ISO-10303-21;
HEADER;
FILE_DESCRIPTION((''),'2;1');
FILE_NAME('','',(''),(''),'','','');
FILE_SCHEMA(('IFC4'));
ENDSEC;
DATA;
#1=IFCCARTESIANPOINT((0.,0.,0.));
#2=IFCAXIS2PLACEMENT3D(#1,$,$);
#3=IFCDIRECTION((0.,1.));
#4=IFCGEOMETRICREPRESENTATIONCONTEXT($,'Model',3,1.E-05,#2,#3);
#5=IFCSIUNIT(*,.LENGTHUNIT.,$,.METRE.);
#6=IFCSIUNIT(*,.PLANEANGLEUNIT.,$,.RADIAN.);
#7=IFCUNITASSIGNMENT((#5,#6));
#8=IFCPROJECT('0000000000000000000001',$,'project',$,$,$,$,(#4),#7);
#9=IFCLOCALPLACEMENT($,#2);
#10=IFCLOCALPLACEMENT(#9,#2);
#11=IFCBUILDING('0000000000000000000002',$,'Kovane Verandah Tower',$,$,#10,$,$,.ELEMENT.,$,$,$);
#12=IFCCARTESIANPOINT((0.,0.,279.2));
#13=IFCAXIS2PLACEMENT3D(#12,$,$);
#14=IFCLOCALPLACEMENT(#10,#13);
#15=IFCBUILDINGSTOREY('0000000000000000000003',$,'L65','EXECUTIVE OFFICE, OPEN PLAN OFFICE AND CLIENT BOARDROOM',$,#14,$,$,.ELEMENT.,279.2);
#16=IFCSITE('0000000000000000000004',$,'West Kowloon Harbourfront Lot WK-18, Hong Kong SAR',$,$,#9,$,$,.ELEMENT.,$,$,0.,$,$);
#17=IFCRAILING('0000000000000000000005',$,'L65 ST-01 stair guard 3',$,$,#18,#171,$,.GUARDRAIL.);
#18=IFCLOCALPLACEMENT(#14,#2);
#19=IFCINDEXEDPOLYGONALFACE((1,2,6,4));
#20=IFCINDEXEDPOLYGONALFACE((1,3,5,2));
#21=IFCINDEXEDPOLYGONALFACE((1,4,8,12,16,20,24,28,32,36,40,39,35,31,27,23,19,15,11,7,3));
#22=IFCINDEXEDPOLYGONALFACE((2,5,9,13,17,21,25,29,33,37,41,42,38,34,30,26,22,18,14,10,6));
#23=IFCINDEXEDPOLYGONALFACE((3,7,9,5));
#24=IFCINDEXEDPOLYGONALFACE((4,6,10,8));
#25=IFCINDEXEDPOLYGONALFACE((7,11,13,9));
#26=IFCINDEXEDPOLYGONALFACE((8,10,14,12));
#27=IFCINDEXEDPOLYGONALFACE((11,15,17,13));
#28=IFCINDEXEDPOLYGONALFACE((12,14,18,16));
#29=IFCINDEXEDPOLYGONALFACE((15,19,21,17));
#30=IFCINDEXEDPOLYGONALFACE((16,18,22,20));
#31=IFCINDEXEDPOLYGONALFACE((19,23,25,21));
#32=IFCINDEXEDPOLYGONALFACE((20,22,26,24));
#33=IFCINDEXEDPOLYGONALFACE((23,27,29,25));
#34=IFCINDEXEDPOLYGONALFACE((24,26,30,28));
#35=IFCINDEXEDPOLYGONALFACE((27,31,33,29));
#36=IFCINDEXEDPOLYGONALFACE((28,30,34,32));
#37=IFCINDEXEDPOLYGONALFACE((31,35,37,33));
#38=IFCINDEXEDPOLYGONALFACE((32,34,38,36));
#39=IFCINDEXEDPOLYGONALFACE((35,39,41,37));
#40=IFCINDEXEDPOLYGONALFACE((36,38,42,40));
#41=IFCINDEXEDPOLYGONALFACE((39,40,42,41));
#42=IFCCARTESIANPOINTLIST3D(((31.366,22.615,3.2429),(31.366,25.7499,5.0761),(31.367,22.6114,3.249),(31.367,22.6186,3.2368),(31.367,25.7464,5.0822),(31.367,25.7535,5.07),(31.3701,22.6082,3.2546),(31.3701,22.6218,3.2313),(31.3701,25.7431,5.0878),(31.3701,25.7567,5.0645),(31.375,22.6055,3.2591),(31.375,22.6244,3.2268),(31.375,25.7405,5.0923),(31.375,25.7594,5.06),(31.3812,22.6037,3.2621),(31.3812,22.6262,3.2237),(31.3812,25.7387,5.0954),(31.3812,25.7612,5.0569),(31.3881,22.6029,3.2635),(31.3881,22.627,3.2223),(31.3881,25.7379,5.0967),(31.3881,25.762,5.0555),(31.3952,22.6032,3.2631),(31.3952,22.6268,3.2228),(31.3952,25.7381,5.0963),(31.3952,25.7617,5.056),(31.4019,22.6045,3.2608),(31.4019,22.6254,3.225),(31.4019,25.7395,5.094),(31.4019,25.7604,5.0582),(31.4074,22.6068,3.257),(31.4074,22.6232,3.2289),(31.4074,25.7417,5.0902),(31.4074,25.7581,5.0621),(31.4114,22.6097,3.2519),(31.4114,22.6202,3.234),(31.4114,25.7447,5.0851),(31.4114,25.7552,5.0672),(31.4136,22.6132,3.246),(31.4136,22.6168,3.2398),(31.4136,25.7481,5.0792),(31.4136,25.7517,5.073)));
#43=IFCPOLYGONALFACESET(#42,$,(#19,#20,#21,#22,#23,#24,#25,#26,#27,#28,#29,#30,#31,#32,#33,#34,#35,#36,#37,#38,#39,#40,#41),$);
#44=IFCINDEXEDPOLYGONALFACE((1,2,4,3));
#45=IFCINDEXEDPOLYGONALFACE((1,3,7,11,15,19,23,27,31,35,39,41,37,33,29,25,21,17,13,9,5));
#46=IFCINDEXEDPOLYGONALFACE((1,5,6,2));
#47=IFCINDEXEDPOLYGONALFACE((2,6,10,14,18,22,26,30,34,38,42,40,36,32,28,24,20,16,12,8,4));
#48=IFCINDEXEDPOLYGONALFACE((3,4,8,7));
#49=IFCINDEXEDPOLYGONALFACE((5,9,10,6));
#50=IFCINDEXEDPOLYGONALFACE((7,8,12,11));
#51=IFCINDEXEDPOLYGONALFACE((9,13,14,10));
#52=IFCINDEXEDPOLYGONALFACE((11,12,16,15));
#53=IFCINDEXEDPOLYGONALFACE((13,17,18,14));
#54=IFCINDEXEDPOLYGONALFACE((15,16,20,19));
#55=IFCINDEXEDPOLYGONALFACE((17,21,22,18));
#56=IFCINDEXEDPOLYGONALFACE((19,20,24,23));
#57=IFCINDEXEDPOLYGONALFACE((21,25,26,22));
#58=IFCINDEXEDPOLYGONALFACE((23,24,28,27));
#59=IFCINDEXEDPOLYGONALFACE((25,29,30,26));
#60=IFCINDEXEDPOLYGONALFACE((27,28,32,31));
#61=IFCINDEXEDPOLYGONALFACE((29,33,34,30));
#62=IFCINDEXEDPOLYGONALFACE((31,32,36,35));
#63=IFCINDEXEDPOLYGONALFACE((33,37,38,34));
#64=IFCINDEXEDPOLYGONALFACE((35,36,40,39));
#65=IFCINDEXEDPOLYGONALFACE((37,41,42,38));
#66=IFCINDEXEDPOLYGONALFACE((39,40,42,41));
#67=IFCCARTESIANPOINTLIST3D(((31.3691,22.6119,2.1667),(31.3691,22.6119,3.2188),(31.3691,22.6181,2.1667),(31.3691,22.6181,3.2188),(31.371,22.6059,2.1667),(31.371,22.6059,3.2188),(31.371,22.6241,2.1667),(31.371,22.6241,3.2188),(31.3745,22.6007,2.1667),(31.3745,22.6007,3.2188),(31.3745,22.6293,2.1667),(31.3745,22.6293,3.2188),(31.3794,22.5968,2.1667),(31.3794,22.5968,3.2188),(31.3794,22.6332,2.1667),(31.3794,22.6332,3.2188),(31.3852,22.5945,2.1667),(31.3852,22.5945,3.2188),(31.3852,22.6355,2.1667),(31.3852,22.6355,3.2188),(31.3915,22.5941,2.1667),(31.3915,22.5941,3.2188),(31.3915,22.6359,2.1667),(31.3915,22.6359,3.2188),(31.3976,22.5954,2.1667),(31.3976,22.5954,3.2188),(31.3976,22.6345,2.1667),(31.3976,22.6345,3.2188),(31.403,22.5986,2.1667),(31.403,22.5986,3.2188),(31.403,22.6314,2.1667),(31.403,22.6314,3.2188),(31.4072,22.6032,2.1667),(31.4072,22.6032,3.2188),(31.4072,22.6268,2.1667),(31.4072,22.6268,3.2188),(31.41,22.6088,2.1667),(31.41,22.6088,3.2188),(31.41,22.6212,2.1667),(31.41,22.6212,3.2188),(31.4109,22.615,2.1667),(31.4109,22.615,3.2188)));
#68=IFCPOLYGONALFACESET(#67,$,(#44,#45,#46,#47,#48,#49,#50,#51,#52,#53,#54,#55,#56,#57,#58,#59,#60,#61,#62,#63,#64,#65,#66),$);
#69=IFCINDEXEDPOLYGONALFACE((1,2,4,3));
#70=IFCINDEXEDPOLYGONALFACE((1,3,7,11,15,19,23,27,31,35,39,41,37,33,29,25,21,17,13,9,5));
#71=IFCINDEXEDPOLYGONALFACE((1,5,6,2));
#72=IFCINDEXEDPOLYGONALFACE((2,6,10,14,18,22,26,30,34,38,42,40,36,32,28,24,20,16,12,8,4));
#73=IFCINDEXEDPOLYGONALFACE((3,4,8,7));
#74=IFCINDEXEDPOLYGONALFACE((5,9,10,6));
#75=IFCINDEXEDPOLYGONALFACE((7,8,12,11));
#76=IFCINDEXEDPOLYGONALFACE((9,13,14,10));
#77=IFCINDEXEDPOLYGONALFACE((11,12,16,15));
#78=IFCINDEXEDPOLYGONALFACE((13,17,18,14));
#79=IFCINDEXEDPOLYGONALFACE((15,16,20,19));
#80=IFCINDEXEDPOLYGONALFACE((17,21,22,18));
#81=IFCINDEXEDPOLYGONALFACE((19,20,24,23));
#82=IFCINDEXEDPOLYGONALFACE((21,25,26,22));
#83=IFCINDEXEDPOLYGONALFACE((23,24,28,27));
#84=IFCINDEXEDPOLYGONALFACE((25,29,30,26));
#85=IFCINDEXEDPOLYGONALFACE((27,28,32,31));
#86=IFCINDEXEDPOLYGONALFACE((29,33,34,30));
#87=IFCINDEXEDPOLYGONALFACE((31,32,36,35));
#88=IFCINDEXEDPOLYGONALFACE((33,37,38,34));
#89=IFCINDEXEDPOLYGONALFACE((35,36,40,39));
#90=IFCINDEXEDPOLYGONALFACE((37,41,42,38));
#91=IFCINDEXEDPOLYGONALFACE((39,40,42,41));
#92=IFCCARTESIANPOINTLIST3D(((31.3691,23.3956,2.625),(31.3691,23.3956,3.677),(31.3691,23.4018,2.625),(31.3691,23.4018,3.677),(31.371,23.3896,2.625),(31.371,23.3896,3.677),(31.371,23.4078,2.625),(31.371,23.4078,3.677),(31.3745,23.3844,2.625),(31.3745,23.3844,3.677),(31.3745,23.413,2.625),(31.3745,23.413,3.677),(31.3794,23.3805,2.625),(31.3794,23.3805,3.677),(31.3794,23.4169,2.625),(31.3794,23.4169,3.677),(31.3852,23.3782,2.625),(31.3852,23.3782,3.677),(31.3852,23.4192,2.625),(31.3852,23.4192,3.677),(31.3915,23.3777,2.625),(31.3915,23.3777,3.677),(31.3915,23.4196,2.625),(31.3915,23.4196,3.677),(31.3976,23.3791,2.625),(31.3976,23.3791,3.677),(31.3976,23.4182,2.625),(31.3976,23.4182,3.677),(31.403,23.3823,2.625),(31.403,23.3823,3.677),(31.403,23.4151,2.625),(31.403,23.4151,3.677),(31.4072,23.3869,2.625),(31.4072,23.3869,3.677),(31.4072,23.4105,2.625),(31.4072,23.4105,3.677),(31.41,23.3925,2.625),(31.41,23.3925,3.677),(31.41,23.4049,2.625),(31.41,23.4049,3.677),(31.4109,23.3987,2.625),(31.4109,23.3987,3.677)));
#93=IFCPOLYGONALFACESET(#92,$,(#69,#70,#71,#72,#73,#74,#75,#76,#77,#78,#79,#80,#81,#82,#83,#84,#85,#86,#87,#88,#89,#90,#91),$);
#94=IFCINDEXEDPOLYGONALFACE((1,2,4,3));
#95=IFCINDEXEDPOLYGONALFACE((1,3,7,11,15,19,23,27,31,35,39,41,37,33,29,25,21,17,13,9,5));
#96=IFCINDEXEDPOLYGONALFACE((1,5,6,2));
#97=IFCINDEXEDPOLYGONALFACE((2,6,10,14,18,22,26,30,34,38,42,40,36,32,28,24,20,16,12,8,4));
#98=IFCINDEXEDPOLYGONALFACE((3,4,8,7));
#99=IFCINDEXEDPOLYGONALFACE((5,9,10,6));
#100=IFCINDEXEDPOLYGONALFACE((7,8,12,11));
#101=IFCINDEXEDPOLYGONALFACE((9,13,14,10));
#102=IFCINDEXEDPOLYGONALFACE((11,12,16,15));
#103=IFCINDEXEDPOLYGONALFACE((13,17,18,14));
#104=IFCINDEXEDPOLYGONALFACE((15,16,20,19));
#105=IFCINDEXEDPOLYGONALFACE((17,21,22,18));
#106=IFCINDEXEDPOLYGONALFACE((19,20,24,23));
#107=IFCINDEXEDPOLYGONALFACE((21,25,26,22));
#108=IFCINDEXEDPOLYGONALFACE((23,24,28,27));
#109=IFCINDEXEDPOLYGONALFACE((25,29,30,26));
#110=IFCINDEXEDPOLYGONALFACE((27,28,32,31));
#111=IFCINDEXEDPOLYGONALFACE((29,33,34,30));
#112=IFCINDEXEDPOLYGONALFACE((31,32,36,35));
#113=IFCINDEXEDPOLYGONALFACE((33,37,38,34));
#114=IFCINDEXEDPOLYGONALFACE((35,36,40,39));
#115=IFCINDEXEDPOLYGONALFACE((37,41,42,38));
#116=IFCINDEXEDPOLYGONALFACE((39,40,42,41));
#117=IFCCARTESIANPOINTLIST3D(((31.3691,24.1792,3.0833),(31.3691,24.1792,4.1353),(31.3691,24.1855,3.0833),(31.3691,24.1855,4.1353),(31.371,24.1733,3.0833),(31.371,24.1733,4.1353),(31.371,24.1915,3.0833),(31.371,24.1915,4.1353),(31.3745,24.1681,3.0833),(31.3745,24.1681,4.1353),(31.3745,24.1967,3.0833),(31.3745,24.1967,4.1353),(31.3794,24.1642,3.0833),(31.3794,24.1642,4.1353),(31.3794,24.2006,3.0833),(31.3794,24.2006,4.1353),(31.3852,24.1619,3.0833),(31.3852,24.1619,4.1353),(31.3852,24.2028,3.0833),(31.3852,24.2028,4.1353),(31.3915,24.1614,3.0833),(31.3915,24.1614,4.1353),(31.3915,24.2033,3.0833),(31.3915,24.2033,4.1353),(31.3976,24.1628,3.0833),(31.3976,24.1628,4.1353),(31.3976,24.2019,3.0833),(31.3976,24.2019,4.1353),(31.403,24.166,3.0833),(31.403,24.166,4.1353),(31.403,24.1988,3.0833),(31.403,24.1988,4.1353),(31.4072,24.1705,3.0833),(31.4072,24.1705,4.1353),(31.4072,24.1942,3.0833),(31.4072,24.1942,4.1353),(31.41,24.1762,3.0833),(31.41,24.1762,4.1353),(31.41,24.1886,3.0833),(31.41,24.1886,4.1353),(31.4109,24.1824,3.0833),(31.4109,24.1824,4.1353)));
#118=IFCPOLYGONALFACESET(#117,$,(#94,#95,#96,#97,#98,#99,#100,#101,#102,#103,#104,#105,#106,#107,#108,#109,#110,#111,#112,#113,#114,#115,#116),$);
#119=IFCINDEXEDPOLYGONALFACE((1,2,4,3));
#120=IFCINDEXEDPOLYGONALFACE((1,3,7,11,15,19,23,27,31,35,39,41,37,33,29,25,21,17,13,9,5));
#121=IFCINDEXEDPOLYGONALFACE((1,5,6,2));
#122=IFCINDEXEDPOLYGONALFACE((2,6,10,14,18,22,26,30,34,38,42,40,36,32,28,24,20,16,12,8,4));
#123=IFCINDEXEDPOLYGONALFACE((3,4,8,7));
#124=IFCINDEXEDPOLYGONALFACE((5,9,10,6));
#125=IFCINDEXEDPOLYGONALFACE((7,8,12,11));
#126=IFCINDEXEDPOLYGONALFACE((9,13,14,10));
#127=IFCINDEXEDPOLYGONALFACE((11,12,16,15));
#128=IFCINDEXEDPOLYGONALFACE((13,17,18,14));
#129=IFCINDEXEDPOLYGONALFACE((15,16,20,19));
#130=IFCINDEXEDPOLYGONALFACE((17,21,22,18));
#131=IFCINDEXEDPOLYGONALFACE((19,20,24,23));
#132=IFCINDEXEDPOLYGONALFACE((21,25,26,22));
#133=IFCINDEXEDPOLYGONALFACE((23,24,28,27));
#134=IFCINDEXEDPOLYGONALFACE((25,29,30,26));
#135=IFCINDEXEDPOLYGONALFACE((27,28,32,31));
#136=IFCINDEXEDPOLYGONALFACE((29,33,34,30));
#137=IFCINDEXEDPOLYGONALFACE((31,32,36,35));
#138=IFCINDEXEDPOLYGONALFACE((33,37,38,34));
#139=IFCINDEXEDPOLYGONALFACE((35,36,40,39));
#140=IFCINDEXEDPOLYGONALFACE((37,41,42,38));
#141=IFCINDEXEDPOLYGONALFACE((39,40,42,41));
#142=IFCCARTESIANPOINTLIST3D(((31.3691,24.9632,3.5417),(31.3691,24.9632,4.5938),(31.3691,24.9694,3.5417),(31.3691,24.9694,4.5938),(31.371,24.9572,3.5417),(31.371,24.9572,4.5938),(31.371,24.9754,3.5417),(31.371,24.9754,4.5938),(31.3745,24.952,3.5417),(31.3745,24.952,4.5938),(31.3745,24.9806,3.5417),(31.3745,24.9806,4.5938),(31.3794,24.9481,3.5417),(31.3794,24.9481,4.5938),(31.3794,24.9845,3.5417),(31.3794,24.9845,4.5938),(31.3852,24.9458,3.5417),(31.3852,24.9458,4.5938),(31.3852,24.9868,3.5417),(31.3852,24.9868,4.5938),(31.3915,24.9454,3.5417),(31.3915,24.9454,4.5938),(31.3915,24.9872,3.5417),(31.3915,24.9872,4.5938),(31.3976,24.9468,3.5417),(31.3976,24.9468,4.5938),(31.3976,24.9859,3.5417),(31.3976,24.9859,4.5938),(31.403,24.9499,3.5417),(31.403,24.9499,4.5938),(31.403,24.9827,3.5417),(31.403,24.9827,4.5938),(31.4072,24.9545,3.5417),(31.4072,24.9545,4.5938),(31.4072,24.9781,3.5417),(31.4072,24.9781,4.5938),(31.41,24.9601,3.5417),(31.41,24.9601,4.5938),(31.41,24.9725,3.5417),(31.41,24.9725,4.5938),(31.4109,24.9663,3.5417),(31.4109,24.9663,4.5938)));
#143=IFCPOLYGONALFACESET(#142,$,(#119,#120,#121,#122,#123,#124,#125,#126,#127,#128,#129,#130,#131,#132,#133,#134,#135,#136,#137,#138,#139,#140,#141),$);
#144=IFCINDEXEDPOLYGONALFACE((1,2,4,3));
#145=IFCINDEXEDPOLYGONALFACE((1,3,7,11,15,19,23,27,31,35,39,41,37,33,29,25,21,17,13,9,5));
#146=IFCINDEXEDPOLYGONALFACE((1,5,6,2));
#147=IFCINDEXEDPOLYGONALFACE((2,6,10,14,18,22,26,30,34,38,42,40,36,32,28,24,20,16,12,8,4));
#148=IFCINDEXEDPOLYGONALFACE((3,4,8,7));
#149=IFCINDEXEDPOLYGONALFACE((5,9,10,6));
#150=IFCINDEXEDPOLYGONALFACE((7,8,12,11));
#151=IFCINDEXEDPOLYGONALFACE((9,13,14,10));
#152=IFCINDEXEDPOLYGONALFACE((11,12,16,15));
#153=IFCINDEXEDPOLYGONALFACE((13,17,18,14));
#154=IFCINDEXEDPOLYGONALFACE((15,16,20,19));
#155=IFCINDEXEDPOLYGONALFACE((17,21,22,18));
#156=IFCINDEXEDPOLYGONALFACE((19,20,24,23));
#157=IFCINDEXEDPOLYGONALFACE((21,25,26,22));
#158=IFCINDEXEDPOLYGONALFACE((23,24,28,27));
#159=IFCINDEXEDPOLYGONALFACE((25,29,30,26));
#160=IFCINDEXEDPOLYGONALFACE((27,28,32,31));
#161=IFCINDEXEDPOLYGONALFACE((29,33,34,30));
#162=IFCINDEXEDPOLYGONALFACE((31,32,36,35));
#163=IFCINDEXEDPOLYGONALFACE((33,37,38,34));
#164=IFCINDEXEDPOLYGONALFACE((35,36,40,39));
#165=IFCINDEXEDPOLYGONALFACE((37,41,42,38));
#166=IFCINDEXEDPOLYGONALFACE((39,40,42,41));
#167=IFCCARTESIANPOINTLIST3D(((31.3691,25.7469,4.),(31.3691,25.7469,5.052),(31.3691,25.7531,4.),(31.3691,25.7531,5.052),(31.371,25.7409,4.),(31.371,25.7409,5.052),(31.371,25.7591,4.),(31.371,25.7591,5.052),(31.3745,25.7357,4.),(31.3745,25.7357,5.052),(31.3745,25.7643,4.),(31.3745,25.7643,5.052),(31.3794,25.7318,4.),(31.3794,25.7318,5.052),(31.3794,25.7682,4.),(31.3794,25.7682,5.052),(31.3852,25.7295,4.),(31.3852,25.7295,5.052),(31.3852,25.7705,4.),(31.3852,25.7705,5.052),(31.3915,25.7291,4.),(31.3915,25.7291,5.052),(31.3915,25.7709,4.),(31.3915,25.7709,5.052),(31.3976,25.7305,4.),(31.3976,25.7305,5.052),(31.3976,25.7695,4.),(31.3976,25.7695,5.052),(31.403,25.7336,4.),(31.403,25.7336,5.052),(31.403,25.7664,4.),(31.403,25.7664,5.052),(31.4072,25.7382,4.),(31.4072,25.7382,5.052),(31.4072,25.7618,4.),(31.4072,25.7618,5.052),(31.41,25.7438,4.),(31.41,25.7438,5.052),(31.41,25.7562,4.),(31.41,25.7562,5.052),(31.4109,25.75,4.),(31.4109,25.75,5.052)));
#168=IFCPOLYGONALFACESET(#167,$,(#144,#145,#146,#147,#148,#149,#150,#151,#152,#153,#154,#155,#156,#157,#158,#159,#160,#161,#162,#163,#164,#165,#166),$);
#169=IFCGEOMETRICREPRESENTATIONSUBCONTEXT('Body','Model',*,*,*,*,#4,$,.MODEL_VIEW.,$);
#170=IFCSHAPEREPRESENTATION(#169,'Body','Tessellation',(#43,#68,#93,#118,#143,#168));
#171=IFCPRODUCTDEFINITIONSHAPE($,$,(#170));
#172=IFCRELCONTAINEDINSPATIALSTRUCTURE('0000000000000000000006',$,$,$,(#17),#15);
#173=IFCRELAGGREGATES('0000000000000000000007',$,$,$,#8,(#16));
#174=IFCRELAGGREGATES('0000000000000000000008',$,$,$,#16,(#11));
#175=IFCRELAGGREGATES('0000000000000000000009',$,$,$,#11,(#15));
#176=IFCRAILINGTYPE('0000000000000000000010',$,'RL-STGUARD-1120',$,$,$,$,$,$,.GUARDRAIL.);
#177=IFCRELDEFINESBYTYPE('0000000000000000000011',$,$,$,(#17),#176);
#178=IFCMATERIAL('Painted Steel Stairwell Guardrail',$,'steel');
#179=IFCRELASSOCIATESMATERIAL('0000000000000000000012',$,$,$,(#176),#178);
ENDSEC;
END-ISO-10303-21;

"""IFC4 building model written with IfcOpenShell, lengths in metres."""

from ifc_helpers import new_model, si_unit, direction, frame, origin, origin_2d, place, context, subcontext, project, spatial, circle, extrude, material, type_object, element, save


model = new_model("IFC4")

# Units and contexts
model_context = context("Model", 3, precision=1e-05, world=origin(), true_north=direction((0.0, 1.0)))
body_context = subcontext(model_context, "Body", "Model", "MODEL_VIEW")
ifc_project = project(units=[si_unit("LENGTHUNIT", "METRE"), si_unit("PLANEANGLEUNIT", "RADIAN")], contexts=[model_context])

# Site, building, storey
site_placement = place(None, origin())
site = spatial("IfcSite", under=ifc_project, at=site_placement, Name="West Kowloon Harbourfront Lot WK-18, Hong Kong SAR", CompositionType="ELEMENT", RefElevation=0.0)
building_placement = place(site_placement, origin())
building = spatial("IfcBuilding", under=site, at=building_placement, Name="Kovane Verandah Tower", CompositionType="ELEMENT")
storey_placement = place(building_placement, frame((0.0, 0.0, 279.2)))
storey = spatial("IfcBuildingStorey", under=building, at=storey_placement, Name="L65", Description="EXECUTIVE OFFICE, OPEN PLAN OFFICE AND CLIENT BOARDROOM", CompositionType="ELEMENT", Elevation=279.2)

# Railing
ifc_material_1 = material(Name="Painted Steel Stairwell Guardrail", Category="steel")
railing_type_1 = type_object("IfcRailingType", Name="RL-STGUARD-1120", PredefinedType="GUARDRAIL", material=ifc_material_1)
railing_1_placement = place(storey_placement, frame((31.3899, 22.615, 2.1667)))
element("IfcRailing", 1, at=railing_1_placement, inside=storey, type_object=railing_type_1, Name="L65 ST-01 stair guard 3", PredefinedType="GUARDRAIL", context=body_context, shape_type="SweptSolid", body=[
    extrude(circle(Radius=0.0239, at=origin_2d()), frame((0.0, 0.0, 1.0762), z_axis=(0.0, 0.86324, 0.504794), x_axis=(-1.0, 0.0, 0.0)), (0.0, 0.0, 1.0), 3.6316),
    extrude(circle(Radius=0.021, at=origin_2d()), origin(), (0.0, 0.0, 1.0), 1.052),
    extrude(circle(Radius=0.021, at=origin_2d()), frame((0.0, 0.7837, 0.4583)), (0.0, 0.0, 1.0), 1.052),
    extrude(circle(Radius=0.021, at=origin_2d()), frame((0.0, 1.5674, 0.9165)), (0.0, 0.0, 1.0), 1.052),
    extrude(circle(Radius=0.021, at=origin_2d()), frame((0.0, 2.3513, 1.375)), (0.0, 0.0, 1.0), 1.052),
    extrude(circle(Radius=0.021, at=origin_2d()), frame((0.0, 3.135, 1.8333)), (0.0, 0.0, 1.0), 1.052),
])

save(model, "model.ifc")
